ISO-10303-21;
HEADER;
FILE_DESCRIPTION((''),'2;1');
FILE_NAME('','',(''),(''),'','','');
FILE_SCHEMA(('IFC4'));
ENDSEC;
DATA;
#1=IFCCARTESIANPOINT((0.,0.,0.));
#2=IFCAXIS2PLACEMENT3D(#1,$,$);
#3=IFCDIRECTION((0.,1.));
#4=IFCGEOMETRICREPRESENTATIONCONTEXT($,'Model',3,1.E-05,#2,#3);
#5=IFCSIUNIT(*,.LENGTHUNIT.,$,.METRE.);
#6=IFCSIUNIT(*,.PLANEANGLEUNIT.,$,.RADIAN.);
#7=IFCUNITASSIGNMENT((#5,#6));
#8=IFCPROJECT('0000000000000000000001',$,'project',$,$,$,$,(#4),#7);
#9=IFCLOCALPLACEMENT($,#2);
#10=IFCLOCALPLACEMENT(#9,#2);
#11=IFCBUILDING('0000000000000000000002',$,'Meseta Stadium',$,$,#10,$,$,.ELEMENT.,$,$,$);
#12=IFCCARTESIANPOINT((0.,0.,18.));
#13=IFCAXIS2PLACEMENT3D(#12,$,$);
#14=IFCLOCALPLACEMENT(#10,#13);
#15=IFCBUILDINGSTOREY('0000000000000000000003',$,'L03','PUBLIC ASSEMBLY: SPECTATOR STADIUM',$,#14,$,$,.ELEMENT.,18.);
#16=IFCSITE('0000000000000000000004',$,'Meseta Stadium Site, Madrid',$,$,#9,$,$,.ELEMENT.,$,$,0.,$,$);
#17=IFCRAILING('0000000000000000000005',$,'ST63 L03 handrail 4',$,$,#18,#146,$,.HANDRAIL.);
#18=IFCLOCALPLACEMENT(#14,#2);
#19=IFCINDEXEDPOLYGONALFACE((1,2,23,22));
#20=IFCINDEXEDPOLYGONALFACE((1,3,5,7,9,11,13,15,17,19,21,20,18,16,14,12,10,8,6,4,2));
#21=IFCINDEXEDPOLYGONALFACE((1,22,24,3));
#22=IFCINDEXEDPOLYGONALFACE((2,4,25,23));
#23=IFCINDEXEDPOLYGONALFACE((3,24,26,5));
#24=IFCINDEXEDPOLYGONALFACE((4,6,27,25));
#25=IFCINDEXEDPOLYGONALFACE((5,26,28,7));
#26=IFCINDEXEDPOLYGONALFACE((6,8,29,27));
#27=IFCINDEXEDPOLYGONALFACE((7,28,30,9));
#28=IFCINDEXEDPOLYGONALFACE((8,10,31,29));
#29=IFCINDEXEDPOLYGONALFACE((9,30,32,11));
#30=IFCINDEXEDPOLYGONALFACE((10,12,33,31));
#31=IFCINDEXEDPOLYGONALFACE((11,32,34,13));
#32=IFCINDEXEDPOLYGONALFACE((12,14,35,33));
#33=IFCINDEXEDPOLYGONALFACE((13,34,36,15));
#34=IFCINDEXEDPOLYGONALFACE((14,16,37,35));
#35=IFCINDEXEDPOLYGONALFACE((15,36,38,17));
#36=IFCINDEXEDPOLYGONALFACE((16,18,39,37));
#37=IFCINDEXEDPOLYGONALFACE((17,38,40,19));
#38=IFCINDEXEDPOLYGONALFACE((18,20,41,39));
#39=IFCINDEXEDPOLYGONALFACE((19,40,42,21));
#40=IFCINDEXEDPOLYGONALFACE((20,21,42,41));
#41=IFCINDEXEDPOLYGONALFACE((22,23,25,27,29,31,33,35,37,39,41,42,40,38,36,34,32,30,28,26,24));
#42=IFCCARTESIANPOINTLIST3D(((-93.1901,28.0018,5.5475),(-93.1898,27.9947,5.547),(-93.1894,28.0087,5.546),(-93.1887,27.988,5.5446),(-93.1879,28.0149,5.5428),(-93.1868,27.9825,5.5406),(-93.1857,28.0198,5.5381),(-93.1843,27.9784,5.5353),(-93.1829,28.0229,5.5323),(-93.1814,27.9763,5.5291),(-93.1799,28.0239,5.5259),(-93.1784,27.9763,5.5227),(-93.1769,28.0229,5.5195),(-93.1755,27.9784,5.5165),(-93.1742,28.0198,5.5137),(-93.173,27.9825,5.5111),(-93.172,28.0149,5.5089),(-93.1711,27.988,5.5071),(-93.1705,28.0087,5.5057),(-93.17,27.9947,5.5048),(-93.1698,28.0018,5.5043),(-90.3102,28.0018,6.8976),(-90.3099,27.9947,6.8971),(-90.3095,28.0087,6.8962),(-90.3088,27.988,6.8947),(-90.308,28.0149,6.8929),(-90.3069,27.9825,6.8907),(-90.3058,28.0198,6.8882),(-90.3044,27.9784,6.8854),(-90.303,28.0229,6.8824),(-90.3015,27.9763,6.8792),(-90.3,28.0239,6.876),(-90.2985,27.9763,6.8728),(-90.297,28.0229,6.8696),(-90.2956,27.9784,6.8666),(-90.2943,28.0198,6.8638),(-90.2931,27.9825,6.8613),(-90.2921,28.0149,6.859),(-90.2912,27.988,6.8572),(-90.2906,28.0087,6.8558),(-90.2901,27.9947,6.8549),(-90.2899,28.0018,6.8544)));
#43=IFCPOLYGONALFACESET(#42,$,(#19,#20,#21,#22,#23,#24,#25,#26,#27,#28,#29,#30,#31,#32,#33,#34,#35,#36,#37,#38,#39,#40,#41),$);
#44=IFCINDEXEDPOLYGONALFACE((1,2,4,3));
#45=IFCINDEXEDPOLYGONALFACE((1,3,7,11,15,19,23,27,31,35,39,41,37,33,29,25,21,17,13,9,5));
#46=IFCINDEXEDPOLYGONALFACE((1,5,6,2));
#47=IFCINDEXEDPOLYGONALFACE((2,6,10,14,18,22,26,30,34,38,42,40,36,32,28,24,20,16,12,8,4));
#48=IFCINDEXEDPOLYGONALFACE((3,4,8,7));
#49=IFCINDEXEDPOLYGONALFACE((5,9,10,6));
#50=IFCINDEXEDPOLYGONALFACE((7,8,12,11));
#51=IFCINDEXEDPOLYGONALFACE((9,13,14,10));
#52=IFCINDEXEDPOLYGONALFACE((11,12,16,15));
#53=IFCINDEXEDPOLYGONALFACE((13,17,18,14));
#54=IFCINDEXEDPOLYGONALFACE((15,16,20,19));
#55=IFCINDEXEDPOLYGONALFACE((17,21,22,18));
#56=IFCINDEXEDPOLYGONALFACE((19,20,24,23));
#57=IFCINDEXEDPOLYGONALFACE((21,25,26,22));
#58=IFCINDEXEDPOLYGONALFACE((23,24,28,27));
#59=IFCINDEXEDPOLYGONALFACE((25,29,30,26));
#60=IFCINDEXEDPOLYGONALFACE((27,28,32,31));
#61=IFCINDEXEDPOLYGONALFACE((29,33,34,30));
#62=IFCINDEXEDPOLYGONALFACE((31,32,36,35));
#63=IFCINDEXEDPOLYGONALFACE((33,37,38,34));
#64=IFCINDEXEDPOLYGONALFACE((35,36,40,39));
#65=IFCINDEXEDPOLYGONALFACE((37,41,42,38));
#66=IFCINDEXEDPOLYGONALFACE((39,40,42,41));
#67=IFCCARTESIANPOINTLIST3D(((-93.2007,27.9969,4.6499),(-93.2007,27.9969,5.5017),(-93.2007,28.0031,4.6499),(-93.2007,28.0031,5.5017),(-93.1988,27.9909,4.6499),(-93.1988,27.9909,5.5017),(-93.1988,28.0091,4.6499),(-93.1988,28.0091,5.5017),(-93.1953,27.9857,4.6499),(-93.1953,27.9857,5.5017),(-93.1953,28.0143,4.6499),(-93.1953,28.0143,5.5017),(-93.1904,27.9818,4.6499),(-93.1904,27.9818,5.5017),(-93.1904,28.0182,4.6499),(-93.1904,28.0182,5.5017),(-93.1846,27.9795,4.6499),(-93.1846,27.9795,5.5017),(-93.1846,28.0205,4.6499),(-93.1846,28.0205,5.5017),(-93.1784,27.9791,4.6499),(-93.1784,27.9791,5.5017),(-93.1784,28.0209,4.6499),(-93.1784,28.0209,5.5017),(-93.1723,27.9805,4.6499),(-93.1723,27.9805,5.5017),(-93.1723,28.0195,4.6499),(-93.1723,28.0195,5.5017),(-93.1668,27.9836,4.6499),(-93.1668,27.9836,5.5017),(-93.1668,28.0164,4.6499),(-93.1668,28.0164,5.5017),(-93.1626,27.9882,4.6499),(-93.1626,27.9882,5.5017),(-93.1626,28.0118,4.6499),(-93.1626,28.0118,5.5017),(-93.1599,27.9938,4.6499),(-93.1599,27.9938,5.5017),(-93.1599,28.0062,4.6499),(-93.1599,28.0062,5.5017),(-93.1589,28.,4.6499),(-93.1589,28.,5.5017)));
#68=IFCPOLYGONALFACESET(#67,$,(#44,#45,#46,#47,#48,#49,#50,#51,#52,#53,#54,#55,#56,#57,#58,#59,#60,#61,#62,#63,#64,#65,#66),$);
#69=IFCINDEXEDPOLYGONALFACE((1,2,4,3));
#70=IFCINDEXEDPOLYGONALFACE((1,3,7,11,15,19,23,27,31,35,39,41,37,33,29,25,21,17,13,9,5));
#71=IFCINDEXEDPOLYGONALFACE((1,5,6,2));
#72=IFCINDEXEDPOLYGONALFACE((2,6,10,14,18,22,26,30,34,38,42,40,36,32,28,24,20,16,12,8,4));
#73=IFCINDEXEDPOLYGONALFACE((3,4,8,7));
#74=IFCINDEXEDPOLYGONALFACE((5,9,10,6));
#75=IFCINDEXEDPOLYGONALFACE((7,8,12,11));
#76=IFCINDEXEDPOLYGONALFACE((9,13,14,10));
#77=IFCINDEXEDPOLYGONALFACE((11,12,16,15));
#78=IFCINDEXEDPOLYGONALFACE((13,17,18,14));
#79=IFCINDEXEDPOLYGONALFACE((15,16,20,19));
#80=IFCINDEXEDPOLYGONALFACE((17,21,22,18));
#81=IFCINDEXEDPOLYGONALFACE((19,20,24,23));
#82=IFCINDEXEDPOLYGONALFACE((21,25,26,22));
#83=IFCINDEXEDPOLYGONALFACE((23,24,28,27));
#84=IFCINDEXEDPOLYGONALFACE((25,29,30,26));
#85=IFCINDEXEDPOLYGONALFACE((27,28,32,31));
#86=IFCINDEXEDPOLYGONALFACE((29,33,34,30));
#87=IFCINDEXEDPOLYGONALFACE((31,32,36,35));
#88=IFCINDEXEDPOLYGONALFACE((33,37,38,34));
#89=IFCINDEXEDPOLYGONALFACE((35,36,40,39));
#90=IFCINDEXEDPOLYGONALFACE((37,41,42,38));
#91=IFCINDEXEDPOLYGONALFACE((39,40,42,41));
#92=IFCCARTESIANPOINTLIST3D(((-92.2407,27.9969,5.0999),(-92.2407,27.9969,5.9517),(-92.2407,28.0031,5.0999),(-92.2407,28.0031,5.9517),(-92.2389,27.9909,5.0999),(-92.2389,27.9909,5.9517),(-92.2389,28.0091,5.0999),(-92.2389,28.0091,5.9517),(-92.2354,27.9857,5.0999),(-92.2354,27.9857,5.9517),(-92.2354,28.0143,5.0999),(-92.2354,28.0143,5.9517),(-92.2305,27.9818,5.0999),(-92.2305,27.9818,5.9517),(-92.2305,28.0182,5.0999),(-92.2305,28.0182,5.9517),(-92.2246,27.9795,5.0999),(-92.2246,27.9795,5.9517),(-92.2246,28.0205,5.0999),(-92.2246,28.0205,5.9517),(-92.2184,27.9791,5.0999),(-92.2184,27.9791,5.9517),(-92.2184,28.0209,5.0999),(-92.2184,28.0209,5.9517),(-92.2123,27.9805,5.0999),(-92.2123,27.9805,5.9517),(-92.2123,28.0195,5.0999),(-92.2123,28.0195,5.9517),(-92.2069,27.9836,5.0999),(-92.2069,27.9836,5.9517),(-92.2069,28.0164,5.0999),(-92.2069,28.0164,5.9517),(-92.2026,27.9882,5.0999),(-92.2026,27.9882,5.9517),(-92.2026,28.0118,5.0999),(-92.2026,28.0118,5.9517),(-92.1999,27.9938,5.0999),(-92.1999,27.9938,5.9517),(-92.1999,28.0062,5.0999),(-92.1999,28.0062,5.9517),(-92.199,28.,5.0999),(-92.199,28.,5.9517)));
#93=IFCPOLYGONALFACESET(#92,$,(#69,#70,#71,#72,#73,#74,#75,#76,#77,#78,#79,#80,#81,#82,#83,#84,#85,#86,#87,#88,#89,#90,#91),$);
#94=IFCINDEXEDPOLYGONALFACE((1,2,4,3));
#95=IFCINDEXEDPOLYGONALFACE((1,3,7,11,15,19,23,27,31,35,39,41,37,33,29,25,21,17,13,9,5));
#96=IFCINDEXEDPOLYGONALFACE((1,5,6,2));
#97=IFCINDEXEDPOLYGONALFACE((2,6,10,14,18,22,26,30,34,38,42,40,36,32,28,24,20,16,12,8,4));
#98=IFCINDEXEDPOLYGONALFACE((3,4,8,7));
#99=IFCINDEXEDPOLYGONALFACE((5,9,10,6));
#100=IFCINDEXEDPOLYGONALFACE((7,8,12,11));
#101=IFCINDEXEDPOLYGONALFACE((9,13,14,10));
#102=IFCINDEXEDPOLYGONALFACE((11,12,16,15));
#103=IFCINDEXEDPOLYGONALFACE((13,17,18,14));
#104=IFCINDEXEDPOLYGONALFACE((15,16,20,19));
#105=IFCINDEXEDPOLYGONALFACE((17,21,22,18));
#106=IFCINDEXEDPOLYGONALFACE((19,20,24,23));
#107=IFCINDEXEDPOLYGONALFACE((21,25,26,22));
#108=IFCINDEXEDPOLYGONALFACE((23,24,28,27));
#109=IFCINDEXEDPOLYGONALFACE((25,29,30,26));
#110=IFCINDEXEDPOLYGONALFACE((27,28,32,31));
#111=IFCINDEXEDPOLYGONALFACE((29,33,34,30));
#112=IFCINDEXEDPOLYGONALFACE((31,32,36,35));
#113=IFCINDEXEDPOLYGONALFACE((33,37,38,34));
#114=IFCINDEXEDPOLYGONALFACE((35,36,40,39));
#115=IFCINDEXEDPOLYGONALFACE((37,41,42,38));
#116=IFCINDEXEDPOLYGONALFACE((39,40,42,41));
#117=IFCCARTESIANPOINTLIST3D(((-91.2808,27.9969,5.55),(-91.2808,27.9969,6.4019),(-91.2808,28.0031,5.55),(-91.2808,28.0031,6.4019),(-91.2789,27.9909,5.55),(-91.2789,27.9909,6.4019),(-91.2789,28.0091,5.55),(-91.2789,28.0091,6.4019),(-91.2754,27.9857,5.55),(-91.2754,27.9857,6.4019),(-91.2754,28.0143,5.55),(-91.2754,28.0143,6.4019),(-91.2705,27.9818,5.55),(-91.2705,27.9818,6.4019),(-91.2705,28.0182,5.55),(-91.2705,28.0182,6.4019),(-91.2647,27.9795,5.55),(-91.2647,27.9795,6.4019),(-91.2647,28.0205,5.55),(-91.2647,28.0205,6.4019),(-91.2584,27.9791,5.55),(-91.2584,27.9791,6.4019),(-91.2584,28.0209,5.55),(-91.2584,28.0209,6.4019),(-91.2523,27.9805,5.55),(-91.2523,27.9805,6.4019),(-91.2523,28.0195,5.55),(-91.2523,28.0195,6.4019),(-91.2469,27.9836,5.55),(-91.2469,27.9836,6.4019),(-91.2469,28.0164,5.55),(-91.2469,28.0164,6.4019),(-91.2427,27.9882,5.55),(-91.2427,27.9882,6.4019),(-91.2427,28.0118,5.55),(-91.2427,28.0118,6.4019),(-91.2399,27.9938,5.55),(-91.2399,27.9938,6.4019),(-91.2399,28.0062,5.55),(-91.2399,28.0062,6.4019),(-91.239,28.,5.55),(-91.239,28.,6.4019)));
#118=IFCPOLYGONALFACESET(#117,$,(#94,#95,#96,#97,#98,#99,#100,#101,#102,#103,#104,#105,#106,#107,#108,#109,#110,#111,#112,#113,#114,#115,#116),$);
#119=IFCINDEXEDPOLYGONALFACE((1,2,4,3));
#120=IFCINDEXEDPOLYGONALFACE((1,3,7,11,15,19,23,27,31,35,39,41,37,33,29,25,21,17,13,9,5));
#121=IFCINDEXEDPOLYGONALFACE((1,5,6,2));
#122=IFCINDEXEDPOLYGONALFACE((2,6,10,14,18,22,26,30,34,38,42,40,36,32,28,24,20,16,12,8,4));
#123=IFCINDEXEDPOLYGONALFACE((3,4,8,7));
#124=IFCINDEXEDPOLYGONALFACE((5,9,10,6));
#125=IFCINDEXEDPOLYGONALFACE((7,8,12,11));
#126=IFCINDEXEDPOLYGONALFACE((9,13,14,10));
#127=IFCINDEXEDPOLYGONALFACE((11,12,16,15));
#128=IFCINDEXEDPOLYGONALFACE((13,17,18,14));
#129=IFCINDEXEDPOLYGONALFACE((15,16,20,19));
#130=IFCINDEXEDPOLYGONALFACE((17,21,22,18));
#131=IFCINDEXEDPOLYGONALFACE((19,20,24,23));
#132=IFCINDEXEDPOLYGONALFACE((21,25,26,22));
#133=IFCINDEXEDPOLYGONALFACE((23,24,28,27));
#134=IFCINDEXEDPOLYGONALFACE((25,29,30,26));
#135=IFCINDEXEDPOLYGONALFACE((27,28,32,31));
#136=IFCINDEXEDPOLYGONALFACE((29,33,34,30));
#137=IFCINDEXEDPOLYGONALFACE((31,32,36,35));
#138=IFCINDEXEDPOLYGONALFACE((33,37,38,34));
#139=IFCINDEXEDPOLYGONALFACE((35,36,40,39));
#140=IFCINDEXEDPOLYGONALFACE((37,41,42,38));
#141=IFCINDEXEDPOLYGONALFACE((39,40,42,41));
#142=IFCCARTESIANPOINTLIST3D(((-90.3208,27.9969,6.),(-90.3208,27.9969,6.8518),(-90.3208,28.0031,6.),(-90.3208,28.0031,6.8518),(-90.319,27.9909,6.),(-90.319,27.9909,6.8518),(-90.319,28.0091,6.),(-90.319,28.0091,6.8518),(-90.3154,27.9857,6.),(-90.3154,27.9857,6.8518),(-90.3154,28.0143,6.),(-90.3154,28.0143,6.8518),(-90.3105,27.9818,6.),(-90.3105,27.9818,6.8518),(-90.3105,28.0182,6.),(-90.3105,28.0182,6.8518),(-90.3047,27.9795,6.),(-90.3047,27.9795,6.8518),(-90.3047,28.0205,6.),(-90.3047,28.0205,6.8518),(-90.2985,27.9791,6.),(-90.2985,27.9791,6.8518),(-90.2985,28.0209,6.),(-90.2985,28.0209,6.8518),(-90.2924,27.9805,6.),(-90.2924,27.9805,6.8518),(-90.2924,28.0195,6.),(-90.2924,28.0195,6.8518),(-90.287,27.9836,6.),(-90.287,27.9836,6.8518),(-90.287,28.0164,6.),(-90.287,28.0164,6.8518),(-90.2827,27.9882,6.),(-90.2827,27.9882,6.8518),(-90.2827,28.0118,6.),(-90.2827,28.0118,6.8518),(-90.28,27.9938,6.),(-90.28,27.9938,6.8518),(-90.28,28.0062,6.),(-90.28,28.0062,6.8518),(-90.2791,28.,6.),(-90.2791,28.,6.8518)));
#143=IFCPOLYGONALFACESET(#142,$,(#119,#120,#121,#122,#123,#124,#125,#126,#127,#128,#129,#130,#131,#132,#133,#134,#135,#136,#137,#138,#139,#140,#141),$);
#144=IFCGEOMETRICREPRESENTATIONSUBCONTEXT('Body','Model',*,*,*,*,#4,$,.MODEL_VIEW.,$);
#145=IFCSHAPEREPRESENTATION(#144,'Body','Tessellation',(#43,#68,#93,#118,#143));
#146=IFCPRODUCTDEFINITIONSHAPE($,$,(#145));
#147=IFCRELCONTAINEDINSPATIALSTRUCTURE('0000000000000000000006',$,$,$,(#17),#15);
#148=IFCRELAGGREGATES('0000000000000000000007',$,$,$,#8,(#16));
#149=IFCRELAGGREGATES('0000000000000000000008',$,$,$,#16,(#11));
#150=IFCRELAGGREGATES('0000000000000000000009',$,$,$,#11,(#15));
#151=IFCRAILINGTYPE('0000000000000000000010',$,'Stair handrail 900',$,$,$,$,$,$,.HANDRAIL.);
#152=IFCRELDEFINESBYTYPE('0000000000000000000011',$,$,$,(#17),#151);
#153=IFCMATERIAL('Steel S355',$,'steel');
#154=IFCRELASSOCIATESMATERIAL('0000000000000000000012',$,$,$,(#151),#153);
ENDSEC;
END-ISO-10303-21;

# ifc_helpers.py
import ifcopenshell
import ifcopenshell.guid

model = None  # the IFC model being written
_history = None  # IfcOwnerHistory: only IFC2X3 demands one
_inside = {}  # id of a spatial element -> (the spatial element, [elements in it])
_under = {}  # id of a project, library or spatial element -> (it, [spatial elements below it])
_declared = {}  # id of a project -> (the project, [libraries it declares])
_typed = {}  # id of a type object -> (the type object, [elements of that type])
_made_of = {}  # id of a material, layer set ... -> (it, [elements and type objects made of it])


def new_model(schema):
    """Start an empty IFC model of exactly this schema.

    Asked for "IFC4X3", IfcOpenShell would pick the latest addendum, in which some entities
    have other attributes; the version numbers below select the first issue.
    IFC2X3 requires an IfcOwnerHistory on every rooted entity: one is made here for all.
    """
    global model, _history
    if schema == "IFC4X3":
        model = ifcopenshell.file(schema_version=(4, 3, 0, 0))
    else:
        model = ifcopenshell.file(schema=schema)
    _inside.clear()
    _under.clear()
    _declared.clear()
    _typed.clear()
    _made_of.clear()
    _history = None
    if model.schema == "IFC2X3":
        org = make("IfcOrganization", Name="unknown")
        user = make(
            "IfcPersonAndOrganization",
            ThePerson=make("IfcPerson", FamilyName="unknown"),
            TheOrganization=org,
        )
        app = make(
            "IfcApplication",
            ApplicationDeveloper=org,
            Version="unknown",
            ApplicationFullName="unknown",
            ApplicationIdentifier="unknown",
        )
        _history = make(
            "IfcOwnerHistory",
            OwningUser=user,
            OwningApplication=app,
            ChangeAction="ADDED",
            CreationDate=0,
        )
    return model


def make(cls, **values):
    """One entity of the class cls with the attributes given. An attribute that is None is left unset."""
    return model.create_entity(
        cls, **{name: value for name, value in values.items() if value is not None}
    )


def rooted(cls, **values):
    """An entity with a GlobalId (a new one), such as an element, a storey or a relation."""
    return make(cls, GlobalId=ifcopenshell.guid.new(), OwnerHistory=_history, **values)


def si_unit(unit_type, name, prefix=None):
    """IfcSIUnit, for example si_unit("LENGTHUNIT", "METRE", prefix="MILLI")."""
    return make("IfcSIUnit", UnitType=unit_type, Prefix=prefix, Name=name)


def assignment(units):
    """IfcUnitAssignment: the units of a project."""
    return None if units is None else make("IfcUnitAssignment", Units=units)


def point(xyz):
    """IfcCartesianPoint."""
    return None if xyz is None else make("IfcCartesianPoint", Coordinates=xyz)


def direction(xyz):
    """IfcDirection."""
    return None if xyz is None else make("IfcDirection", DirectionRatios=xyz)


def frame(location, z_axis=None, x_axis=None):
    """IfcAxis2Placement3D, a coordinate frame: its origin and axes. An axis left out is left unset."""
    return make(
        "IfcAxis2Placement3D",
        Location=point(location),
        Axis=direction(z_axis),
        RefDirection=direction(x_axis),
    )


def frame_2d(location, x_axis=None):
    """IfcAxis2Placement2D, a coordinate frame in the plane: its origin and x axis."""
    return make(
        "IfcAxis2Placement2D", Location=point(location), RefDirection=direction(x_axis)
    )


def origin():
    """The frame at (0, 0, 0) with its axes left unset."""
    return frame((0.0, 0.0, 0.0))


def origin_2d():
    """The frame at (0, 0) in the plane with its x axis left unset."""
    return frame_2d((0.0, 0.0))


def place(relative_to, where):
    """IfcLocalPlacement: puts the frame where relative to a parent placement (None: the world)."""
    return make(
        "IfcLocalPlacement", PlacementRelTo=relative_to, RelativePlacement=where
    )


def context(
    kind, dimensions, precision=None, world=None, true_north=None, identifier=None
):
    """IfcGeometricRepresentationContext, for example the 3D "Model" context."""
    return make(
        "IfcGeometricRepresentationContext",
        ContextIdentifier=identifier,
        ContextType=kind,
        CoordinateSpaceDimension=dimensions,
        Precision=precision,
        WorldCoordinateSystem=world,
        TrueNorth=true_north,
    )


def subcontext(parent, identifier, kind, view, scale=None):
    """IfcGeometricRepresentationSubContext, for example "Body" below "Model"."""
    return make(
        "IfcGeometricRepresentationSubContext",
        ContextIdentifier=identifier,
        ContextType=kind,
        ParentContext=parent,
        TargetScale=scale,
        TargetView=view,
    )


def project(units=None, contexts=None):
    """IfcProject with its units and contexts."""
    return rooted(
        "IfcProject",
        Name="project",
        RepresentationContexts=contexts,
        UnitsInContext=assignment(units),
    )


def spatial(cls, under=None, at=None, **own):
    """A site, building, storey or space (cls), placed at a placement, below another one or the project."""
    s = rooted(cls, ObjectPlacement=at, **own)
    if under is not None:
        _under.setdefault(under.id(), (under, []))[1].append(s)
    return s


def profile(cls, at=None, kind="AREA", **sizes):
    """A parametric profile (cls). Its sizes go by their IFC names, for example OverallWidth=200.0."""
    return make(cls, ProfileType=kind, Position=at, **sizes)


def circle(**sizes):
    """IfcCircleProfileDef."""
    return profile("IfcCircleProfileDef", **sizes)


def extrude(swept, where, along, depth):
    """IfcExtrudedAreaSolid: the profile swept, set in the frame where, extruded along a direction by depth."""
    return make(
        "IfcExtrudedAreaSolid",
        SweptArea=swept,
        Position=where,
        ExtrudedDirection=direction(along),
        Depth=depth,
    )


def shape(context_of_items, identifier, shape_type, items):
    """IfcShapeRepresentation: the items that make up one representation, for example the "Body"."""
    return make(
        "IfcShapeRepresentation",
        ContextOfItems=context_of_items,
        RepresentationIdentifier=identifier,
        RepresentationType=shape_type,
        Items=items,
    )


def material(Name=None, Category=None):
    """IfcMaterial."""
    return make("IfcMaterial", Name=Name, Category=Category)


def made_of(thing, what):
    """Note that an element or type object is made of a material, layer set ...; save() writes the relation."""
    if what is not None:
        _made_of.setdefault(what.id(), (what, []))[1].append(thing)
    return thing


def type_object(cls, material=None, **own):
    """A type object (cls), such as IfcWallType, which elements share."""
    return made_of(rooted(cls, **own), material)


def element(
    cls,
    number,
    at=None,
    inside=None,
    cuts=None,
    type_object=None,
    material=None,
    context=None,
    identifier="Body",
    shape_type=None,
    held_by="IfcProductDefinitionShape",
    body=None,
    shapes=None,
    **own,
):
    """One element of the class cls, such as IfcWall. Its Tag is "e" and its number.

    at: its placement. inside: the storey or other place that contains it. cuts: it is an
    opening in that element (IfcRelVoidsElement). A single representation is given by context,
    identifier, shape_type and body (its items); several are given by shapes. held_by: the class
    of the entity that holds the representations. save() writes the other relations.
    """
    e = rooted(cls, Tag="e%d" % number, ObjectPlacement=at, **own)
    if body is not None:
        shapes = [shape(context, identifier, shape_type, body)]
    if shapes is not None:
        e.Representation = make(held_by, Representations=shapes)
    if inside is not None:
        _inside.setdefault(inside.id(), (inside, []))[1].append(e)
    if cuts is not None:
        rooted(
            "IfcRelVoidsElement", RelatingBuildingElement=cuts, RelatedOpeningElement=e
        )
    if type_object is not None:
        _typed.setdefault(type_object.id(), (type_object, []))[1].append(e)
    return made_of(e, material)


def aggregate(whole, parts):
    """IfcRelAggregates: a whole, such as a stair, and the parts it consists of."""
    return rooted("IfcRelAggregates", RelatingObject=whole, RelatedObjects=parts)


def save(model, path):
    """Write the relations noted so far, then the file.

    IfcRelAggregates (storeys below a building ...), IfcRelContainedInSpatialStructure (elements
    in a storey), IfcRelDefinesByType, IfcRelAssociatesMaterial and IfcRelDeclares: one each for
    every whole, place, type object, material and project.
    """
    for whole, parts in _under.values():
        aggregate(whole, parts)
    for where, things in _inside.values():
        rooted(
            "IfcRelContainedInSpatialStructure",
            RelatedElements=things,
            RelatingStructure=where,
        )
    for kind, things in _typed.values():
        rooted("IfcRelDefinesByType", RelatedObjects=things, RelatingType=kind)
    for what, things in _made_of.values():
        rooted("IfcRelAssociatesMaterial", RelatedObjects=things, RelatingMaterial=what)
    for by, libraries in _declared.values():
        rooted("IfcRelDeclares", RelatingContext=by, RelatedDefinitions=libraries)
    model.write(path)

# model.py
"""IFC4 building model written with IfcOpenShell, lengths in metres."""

from ifc_helpers import new_model, si_unit, direction, frame, origin, origin_2d, place, context, subcontext, project, spatial, circle, extrude, material, type_object, element, save


model = new_model("IFC4")

# Units and contexts
model_context = context("Model", 3, precision=1e-05, world=origin(), true_north=direction((0.0, 1.0)))
body_context = subcontext(model_context, "Body", "Model", "MODEL_VIEW")
ifc_project = project(units=[si_unit("LENGTHUNIT", "METRE"), si_unit("PLANEANGLEUNIT", "RADIAN")], contexts=[model_context])

# Site, building, storey
site_placement = place(None, origin())
site = spatial("IfcSite", under=ifc_project, at=site_placement, Name="Meseta Stadium Site, Madrid", CompositionType="ELEMENT", RefElevation=0.0)
building_placement = place(site_placement, origin())
building = spatial("IfcBuilding", under=site, at=building_placement, Name="Meseta Stadium", CompositionType="ELEMENT")
storey_placement = place(building_placement, frame((0.0, 0.0, 18.0)))
storey = spatial("IfcBuildingStorey", under=building, at=storey_placement, Name="L03", Description="PUBLIC ASSEMBLY: SPECTATOR STADIUM", CompositionType="ELEMENT", Elevation=18.0)

# Railing
ifc_material_1 = material(Name="Steel S355", Category="steel")
railing_type_1 = type_object("IfcRailingType", Name="Stair handrail 900", PredefinedType="HANDRAIL", material=ifc_material_1)
for number, where, name in (
    (1, (-93.1799, 28.0, 4.6499), "ST63 L03 handrail 4"),
):
    element("IfcRailing", number, at=place(storey_placement, frame(where)), inside=storey, type_object=railing_type_1, Name=name, PredefinedType="HANDRAIL", context=body_context, shape_type="SweptSolid", body=[
        extrude(circle(Radius=0.0239, at=origin_2d()), frame((0.0, 0.0, 0.876), z_axis=(0.90544, 0.0, 0.424473), x_axis=(0.0, 1.0, 0.0)), (0.0, 0.0, 1.0), 3.1807),
        extrude(circle(Radius=0.021, at=origin_2d()), origin(), (0.0, 0.0, 1.0), 0.8518),
        extrude(circle(Radius=0.021, at=origin_2d()), frame((0.96, 0.0, 0.45)), (0.0, 0.0, 1.0), 0.8518),
        extrude(circle(Radius=0.021, at=origin_2d()), frame((1.9199, 0.0, 0.9001)), (0.0, 0.0, 1.0), 0.8518),
        extrude(circle(Radius=0.021, at=origin_2d()), frame((2.8799, 0.0, 1.3501)), (0.0, 0.0, 1.0), 0.8518),
    ])

save(model, "model.ifc")
